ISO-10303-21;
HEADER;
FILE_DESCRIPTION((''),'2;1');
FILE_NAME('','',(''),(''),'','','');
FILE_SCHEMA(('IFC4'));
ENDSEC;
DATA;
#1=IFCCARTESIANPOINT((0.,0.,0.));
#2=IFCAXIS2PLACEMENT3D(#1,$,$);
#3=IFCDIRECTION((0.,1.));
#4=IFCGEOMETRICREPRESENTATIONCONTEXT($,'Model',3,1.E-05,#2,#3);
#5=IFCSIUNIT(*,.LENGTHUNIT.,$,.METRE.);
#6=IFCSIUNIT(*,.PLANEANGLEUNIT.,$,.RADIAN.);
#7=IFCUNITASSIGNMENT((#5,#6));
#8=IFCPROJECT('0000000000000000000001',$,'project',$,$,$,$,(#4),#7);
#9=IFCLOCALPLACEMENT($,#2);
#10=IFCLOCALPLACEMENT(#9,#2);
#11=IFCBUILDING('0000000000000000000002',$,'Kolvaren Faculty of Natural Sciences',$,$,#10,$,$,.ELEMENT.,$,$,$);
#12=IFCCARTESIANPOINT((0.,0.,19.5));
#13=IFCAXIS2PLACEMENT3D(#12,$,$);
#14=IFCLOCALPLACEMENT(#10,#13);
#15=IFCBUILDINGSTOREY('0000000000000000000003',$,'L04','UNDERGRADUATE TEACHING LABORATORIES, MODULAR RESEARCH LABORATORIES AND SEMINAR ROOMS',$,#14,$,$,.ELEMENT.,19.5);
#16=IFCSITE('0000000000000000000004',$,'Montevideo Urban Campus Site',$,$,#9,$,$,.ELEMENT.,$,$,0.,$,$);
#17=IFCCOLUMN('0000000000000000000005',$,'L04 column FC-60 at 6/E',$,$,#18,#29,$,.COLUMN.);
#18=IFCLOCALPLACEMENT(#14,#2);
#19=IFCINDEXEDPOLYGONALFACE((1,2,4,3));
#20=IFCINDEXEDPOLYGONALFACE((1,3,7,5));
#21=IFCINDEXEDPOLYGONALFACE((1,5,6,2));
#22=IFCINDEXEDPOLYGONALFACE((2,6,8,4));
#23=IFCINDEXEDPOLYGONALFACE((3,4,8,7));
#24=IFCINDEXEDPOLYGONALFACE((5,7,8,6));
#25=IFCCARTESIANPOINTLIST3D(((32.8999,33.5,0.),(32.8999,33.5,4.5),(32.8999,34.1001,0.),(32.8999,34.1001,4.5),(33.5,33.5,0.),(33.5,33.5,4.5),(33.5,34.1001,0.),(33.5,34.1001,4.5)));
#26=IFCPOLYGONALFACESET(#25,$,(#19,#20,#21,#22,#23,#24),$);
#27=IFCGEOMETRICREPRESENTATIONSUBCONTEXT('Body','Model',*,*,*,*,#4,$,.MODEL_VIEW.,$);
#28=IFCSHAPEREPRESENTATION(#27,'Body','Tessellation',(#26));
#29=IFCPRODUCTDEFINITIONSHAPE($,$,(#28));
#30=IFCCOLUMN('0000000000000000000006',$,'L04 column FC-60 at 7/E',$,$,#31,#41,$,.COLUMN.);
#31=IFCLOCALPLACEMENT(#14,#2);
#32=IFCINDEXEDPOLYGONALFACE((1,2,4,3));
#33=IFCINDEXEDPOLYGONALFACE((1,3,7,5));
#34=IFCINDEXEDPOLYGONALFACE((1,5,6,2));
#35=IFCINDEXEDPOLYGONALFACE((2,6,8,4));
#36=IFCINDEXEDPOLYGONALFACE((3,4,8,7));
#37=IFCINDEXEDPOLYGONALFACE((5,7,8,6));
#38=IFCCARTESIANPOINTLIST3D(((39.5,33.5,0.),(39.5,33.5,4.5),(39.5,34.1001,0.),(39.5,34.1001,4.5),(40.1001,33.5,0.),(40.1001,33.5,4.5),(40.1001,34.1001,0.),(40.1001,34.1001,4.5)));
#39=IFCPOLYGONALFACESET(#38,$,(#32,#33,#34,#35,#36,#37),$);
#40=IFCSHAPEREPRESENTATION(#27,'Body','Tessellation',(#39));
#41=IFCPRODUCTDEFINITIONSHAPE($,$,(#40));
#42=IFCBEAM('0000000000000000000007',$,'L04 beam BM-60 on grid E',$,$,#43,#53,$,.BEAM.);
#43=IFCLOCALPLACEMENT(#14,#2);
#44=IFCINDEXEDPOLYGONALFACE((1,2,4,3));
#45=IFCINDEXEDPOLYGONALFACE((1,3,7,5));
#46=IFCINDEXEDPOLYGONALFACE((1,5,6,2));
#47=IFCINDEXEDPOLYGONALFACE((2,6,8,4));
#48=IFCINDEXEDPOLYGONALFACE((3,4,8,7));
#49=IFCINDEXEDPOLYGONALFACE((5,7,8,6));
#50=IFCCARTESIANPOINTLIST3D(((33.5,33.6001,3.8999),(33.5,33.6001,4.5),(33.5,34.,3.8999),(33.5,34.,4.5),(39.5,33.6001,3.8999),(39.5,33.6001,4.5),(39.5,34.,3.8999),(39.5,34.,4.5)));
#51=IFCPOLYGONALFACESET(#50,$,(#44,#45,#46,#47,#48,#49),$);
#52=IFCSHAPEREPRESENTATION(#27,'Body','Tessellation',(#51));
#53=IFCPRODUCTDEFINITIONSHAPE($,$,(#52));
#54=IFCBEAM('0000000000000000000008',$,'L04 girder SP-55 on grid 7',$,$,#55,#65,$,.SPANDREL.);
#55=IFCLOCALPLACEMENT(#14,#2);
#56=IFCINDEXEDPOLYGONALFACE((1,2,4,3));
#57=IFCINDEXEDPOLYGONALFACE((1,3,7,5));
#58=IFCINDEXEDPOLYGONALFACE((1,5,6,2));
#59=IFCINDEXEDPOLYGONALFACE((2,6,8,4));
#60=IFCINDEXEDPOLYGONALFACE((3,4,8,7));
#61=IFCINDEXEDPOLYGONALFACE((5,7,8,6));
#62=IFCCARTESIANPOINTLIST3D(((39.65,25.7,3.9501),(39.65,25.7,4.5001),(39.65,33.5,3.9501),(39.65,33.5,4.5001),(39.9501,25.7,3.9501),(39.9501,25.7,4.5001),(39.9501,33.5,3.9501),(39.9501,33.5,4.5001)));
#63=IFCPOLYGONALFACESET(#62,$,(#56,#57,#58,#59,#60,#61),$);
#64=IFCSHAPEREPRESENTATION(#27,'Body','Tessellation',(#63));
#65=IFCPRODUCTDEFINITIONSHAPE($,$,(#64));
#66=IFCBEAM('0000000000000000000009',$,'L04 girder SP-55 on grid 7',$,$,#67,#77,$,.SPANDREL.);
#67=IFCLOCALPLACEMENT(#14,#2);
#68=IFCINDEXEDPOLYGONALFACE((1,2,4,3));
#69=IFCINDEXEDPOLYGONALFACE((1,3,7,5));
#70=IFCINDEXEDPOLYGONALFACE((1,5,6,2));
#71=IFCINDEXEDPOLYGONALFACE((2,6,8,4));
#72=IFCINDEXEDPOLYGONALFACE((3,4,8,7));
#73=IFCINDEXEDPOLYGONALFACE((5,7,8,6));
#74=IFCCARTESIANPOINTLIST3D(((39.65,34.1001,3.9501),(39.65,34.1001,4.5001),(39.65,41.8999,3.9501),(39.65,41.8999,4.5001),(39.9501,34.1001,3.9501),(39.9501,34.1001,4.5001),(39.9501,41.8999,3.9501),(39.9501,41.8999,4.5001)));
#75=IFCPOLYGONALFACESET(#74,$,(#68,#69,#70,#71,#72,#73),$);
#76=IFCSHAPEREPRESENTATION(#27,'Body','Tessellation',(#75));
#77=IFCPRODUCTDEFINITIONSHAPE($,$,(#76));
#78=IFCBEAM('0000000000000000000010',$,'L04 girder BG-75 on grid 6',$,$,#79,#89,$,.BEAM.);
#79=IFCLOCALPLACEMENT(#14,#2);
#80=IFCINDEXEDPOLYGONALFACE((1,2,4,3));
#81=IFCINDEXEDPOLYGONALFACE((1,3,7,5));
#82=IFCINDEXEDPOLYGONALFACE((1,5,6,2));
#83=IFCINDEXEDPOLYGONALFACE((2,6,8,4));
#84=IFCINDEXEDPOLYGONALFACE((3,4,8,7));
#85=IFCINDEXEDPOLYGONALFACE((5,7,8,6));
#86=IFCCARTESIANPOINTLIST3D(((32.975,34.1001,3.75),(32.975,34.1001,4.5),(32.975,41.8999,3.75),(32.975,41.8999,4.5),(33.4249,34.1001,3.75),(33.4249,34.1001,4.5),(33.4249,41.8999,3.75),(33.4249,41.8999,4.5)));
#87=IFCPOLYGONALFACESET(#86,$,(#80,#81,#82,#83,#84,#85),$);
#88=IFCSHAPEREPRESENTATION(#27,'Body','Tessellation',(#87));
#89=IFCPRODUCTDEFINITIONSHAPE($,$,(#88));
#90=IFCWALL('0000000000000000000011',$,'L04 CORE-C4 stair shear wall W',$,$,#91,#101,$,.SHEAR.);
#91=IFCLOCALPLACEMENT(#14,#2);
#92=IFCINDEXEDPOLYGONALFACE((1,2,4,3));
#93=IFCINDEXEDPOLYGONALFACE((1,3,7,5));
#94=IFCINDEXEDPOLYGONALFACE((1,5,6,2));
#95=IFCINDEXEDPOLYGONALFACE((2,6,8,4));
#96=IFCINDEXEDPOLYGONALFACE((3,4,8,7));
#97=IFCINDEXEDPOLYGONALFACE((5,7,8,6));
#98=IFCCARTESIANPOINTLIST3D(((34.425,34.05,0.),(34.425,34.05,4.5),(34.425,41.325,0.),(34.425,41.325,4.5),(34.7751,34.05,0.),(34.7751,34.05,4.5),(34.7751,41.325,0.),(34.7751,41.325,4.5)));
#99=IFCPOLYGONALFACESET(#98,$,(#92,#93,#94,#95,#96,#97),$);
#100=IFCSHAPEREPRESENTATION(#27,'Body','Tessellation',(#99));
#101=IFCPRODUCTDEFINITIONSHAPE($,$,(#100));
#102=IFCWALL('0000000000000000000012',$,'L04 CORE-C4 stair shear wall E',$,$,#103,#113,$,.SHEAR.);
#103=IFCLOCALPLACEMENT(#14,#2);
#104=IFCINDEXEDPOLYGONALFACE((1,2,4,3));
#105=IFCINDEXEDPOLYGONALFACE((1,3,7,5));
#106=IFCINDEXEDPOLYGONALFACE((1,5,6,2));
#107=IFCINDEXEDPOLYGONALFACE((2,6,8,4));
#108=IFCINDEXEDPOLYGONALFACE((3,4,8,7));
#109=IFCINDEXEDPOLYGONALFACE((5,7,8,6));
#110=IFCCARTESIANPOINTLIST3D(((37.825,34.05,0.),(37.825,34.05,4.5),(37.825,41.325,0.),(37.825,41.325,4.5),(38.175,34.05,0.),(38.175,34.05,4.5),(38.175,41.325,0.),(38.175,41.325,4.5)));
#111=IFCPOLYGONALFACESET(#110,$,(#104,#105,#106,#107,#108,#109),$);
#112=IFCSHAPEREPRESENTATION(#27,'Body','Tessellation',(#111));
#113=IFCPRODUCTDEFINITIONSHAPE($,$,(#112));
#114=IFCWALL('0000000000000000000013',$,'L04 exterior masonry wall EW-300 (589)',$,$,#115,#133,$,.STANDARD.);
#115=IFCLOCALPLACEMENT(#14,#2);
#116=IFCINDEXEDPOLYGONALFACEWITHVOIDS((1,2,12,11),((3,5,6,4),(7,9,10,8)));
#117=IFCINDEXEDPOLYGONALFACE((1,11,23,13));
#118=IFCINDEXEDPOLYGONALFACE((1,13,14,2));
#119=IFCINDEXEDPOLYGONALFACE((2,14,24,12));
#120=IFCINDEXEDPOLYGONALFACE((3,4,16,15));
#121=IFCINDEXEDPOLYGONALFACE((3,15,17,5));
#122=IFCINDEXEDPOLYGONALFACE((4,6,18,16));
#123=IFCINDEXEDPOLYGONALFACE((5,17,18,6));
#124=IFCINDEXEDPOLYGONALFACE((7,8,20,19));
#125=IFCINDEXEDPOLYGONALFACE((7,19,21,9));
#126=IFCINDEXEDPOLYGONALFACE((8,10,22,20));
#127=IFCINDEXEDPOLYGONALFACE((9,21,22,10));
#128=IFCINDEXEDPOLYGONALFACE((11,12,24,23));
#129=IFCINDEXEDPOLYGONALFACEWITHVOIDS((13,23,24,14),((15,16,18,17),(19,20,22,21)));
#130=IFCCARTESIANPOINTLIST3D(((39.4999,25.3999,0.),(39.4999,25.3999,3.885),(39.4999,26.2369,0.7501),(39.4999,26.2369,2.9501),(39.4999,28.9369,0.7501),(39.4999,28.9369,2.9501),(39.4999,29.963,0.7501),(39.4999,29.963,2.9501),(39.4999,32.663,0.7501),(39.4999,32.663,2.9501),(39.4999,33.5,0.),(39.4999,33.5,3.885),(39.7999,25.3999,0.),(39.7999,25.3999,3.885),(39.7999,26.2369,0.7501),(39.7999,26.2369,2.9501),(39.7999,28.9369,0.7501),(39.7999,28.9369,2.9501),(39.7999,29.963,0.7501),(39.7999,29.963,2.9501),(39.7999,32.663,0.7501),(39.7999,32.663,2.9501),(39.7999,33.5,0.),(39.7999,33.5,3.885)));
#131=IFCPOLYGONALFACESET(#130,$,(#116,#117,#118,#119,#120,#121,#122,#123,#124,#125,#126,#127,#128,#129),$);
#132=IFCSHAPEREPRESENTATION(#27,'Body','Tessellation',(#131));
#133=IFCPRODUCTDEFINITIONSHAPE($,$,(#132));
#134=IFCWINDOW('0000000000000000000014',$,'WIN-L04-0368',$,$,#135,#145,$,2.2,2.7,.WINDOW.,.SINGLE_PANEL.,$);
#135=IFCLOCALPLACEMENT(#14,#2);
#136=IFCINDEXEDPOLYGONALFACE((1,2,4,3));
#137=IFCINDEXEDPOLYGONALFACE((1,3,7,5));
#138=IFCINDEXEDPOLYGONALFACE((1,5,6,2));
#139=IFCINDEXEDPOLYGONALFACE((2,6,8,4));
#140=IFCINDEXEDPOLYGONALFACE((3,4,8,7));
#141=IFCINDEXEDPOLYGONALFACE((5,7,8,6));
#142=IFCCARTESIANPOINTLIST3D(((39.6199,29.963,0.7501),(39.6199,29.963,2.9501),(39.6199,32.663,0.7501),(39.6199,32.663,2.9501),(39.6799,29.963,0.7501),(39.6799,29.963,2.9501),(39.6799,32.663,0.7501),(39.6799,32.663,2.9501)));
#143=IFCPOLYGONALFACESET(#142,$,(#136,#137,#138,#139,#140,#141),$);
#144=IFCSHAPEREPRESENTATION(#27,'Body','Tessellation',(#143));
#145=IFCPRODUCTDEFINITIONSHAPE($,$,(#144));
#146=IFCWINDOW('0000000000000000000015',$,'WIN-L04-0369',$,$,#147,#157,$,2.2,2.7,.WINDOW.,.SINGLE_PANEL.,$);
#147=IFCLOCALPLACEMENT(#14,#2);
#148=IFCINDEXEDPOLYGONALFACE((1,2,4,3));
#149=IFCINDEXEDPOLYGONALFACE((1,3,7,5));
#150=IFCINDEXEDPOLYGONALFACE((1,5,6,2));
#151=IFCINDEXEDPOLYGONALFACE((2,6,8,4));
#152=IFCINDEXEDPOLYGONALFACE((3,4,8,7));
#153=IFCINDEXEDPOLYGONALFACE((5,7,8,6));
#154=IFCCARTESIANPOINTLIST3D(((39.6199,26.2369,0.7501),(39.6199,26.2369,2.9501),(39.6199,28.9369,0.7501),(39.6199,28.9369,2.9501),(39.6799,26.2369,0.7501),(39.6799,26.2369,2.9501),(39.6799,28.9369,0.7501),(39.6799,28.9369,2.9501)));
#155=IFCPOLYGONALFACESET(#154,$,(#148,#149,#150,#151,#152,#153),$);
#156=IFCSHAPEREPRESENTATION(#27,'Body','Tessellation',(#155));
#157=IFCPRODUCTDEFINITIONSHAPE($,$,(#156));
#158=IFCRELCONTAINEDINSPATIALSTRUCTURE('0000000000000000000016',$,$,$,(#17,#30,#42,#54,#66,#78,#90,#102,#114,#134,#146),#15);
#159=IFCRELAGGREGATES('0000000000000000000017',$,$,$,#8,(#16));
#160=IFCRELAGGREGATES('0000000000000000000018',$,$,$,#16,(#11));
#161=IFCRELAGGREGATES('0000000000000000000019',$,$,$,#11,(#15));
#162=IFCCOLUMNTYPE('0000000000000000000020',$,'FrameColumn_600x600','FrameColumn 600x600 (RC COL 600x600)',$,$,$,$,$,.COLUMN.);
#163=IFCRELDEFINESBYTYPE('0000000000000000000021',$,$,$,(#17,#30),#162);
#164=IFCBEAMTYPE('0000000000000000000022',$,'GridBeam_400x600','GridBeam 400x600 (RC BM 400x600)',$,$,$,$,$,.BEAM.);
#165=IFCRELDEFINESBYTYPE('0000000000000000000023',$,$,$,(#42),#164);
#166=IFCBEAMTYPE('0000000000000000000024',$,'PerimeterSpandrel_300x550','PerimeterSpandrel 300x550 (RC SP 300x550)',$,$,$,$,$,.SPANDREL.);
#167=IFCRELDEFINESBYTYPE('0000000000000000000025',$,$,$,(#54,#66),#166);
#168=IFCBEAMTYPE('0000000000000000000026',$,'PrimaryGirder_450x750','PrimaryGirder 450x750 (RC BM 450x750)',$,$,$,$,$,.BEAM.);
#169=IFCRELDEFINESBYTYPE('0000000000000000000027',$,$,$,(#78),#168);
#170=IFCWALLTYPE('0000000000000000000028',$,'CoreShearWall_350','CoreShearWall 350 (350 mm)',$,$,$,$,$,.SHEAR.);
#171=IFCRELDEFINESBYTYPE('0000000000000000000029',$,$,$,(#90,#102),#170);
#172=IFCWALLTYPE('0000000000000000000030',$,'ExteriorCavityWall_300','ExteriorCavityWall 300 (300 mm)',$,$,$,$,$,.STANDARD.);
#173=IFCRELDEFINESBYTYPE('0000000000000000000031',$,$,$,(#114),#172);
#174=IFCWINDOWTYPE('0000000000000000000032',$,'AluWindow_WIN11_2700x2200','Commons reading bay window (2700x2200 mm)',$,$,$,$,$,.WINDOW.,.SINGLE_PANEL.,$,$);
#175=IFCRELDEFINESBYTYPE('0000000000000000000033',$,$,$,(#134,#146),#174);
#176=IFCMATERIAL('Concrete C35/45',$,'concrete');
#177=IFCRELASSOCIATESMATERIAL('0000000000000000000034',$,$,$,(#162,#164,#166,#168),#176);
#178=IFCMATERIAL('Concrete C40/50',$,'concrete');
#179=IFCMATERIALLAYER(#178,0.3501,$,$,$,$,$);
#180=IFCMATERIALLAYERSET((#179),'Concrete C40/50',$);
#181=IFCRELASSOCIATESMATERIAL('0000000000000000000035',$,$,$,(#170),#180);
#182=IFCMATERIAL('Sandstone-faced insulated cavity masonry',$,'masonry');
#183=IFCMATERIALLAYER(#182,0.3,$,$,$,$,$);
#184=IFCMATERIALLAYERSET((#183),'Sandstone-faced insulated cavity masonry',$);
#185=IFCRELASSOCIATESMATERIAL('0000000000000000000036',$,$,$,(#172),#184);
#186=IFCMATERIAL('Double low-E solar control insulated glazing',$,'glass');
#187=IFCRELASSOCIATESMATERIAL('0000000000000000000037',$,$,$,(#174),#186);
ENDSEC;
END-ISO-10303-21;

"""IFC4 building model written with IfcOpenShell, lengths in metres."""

from ifc_helpers import new_model, si_unit, direction, frame, frame_2d, origin, origin_2d, place, context, subcontext, project, spatial, rectangle, extrude, material, layer, layer_set, material_profile, profile_set, type_object, element, fill, save


model = new_model("IFC4")

# Units and contexts
model_context = context("Model", 3, precision=1e-05, world=origin(), true_north=direction((0.0, 1.0)))
body_context = subcontext(model_context, "Body", "Model", "MODEL_VIEW")
ifc_project = project(units=[si_unit("LENGTHUNIT", "METRE"), si_unit("PLANEANGLEUNIT", "RADIAN")], contexts=[model_context])

# Site, building, storey
site_placement = place(None, origin())
site = spatial("IfcSite", under=ifc_project, at=site_placement, Name="Montevideo Urban Campus Site", CompositionType="ELEMENT", RefElevation=0.0)
building_placement = place(site_placement, origin())
building = spatial("IfcBuilding", under=site, at=building_placement, Name="Kolvaren Faculty of Natural Sciences", CompositionType="ELEMENT")
storey_placement = place(building_placement, frame((0.0, 0.0, 19.5)))
storey = spatial("IfcBuildingStorey", under=building, at=storey_placement, Name="L04", Description="UNDERGRADUATE TEACHING LABORATORIES, MODULAR RESEARCH LABORATORIES AND SEMINAR ROOMS", CompositionType="ELEMENT", Elevation=19.5)

# Columns
ifc_material_1 = material(Name="Concrete C35/45", Category="concrete")
ifc_material_profile_1 = material_profile(ifc_material_1, rectangle(XDim=0.6001, YDim=0.6001, at=origin_2d()), Name="RC COL 600x600")
ifc_profile_set_1 = profile_set([ifc_material_profile_1], Name="Concrete C35/45")
column_type = type_object("IfcColumnType", Name="FrameColumn_600x600", Description="FrameColumn 600x600 (RC COL 600x600)", PredefinedType="COLUMN", material=ifc_profile_set_1)
for number, where, z_axis, x_axis, name in (
    (1, (33.2, 33.8, 0.0), (0.0, 0.0, 1.0), (1.0, 0.0, 0.0), "L04 column FC-60 at 6/E"),
    (2, (39.8, 33.8, 0.0), (0.0, 0.0, 1.0), (1.0, 0.0, 0.0), "L04 column FC-60 at 7/E"),
):
    element("IfcColumn", number, at=place(storey_placement, frame(where, z_axis=z_axis, x_axis=x_axis)), inside=storey, type_object=column_type, Name=name, PredefinedType="COLUMN", context=body_context, shape_type="SweptSolid", body=[
        extrude(rectangle(XDim=0.6001, YDim=0.6001, at=origin_2d()), origin(), (0.0, 0.0, 1.0), 4.5),
    ])

# Beams
ifc_material_profile_2 = material_profile(ifc_material_1, rectangle(XDim=0.3999, YDim=0.6001, at=origin_2d()), Name="RC BM 400x600")
ifc_profile_set_2 = profile_set([ifc_material_profile_2], Name="Concrete C35/45")
beam_type_1 = type_object("IfcBeamType", Name="GridBeam_400x600", Description="GridBeam 400x600 (RC BM 400x600)", PredefinedType="BEAM", material=ifc_profile_set_2)
beam_1_placement = place(storey_placement, frame((33.5, 33.8, 4.2), z_axis=(1.0, 0.0, 0.0), x_axis=(0.0, 1.0, 0.0)))
element("IfcBeam", 3, at=beam_1_placement, inside=storey, type_object=beam_type_1, Name="L04 beam BM-60 on grid E", PredefinedType="BEAM", context=body_context, shape_type="SweptSolid", body=[
    extrude(rectangle(XDim=0.3999, YDim=0.6001, at=origin_2d()), origin(), (0.0, 0.0, 1.0), 6.0),
])
ifc_material_profile_3 = material_profile(ifc_material_1, rectangle(XDim=0.3, YDim=0.55, at=origin_2d()), Name="RC SP 300x550")
ifc_profile_set_3 = profile_set([ifc_material_profile_3], Name="Concrete C35/45")
beam_type_2 = type_object("IfcBeamType", Name="PerimeterSpandrel_300x550", Description="PerimeterSpandrel 300x550 (RC SP 300x550)", PredefinedType="SPANDREL", material=ifc_profile_set_3)
beam_2_placement = place(storey_placement, frame((39.8, 25.7, 4.2251), z_axis=(0.0, 1.0, 0.0), x_axis=(-1.0, 0.0, 0.0)))
element("IfcBeam", 4, at=beam_2_placement, inside=storey, type_object=beam_type_2, Name="L04 girder SP-55 on grid 7", PredefinedType="SPANDREL", context=body_context, shape_type="SweptSolid", body=[
    extrude(rectangle(XDim=0.3, YDim=0.55, at=origin_2d()), origin(), (0.0, 0.0, 1.0), 7.8),
])
beam_3_placement = place(storey_placement, frame((39.8, 34.1001, 4.2251), z_axis=(0.0, 1.0, 0.0), x_axis=(-1.0, 0.0, 0.0)))
element("IfcBeam", 5, at=beam_3_placement, inside=storey, type_object=beam_type_2, Name="L04 girder SP-55 on grid 7", PredefinedType="SPANDREL", context=body_context, shape_type="SweptSolid", body=[
    extrude(rectangle(XDim=0.3, YDim=0.55, at=origin_2d()), origin(), (0.0, 0.0, 1.0), 7.7998),
])
ifc_material_profile_4 = material_profile(ifc_material_1, rectangle(XDim=0.45, YDim=0.75, at=origin_2d()), Name="RC BM 450x750")
ifc_profile_set_4 = profile_set([ifc_material_profile_4], Name="Concrete C35/45")
beam_type_3 = type_object("IfcBeamType", Name="PrimaryGirder_450x750", Description="PrimaryGirder 450x750 (RC BM 450x750)", PredefinedType="BEAM", material=ifc_profile_set_4)
beam_4_placement = place(storey_placement, frame((33.2, 34.1001, 4.125), z_axis=(0.0, 1.0, 0.0), x_axis=(-1.0, 0.0, 0.0)))
element("IfcBeam", 6, at=beam_4_placement, inside=storey, type_object=beam_type_3, Name="L04 girder BG-75 on grid 6", PredefinedType="BEAM", context=body_context, shape_type="SweptSolid", body=[
    extrude(rectangle(XDim=0.45, YDim=0.75, at=origin_2d()), origin(), (0.0, 0.0, 1.0), 7.7998),
])

# Shared definitions
ifc_material_2 = material(Name="Concrete C40/50", Category="concrete")
ifc_layer_1 = layer(ifc_material_2, 0.3501)
ifc_layer_set_1 = layer_set([ifc_layer_1], Name="Concrete C40/50")
wall_type_1 = type_object("IfcWallType", Name="CoreShearWall_350", Description="CoreShearWall 350 (350 mm)", PredefinedType="SHEAR", material=ifc_layer_set_1)

# Walls
for number, where, z_axis, x_axis, name in (
    (7, (34.6001, 34.05, 0.0), (0.0, 0.0, 1.0), (0.0, 1.0, 0.0), "L04 CORE-C4 stair shear wall W"),
    (8, (38.0, 34.05, 0.0), (0.0, 0.0, 1.0), (0.0, 1.0, 0.0), "L04 CORE-C4 stair shear wall E"),
):
    element("IfcWall", number, at=place(storey_placement, frame(where, z_axis=z_axis, x_axis=x_axis)), inside=storey, type_object=wall_type_1, Name=name, PredefinedType="SHEAR", context=body_context, shape_type="SweptSolid", body=[
        extrude(rectangle(XDim=7.2749, YDim=0.3501, at=frame_2d((3.6375, 0.0))), origin(), (0.0, 0.0, 1.0), 4.5),
    ])

# Wall, openings, windows
ifc_material_3 = material(Name="Sandstone-faced insulated cavity masonry", Category="masonry")
ifc_layer_2 = layer(ifc_material_3, 0.3)
ifc_layer_set_2 = layer_set([ifc_layer_2], Name="Sandstone-faced insulated cavity masonry")
wall_type_2 = type_object("IfcWallType", Name="ExteriorCavityWall_300", Description="ExteriorCavityWall 300 (300 mm)", PredefinedType="STANDARD", material=ifc_layer_set_2)
wall_1_placement = place(storey_placement, frame((39.6499, 33.5, 0.0), z_axis=(0.0, 0.0, 1.0), x_axis=(0.0, -1.0, 0.0)))
wall_1 = element("IfcWall", 9, at=wall_1_placement, inside=storey, type_object=wall_type_2, Name="L04 exterior masonry wall EW-300 (589)", PredefinedType="STANDARD", context=body_context, shape_type="SweptSolid", body=[
    extrude(rectangle(XDim=8.1001, YDim=0.3, at=frame_2d((4.05, 0.0))), origin(), (0.0, 0.0, 1.0), 3.885),
])
opening_1_placement = place(wall_1_placement, frame((0.8369, 0.0, 0.75)))
opening_1 = element("IfcOpeningElement", 10, at=opening_1_placement, cuts=wall_1, PredefinedType="OPENING", context=body_context, shape_type="SweptSolid", body=[
    extrude(rectangle(XDim=2.7, YDim=2.2, at=frame_2d((1.3501, 1.1001))), frame((0.0, 0.1599, 0.0), z_axis=(0.0, -1.0, 0.0), x_axis=(1.0, 0.0, 0.0)), (0.0, 0.0, 1.0), 0.3201),
])
opening_2_placement = place(wall_1_placement, frame((4.563, 0.0, 0.75)))
opening_2 = element("IfcOpeningElement", 11, at=opening_2_placement, cuts=wall_1, PredefinedType="OPENING", context=body_context, shape_type="SweptSolid", body=[
    extrude(rectangle(XDim=2.7, YDim=2.2, at=frame_2d((1.3501, 1.1001))), frame((0.0, 0.1599, 0.0), z_axis=(0.0, -1.0, 0.0), x_axis=(1.0, 0.0, 0.0)), (0.0, 0.0, 1.0), 0.3201),
])
ifc_material_4 = material(Name="Double low-E solar control insulated glazing", Category="glass")
window_type = type_object("IfcWindowType", Name="AluWindow_WIN11_2700x2200", Description="Commons reading bay window (2700x2200 mm)", PartitioningType="SINGLE_PANEL", PredefinedType="WINDOW", material=ifc_material_4)
window_1_placement = place(opening_1_placement, origin())
window_1 = element("IfcWindow", 12, at=window_1_placement, inside=storey, type_object=window_type, Name="WIN-L04-0368", OverallHeight=2.2, OverallWidth=2.7, PartitioningType="SINGLE_PANEL", PredefinedType="WINDOW", context=body_context, shape_type="SweptSolid", body=[
    extrude(rectangle(XDim=2.7, YDim=2.2, at=frame_2d((1.3501, 1.1001))), frame((0.0, 0.03, 0.0), z_axis=(0.0, -1.0, 0.0), x_axis=(1.0, 0.0, 0.0)), (0.0, 0.0, 1.0), 0.0601),
])
fill(opening_1, window_1)
window_2_placement = place(opening_2_placement, origin())
window_2 = element("IfcWindow", 13, at=window_2_placement, inside=storey, type_object=window_type, Name="WIN-L04-0369", OverallHeight=2.2, OverallWidth=2.7, PartitioningType="SINGLE_PANEL", PredefinedType="WINDOW", context=body_context, shape_type="SweptSolid", body=[
    extrude(rectangle(XDim=2.7, YDim=2.2, at=frame_2d((1.3501, 1.1001))), frame((0.0, 0.03, 0.0), z_axis=(0.0, -1.0, 0.0), x_axis=(1.0, 0.0, 0.0)), (0.0, 0.0, 1.0), 0.0601),
])
fill(opening_2, window_2)

save(model, "model.ifc")
